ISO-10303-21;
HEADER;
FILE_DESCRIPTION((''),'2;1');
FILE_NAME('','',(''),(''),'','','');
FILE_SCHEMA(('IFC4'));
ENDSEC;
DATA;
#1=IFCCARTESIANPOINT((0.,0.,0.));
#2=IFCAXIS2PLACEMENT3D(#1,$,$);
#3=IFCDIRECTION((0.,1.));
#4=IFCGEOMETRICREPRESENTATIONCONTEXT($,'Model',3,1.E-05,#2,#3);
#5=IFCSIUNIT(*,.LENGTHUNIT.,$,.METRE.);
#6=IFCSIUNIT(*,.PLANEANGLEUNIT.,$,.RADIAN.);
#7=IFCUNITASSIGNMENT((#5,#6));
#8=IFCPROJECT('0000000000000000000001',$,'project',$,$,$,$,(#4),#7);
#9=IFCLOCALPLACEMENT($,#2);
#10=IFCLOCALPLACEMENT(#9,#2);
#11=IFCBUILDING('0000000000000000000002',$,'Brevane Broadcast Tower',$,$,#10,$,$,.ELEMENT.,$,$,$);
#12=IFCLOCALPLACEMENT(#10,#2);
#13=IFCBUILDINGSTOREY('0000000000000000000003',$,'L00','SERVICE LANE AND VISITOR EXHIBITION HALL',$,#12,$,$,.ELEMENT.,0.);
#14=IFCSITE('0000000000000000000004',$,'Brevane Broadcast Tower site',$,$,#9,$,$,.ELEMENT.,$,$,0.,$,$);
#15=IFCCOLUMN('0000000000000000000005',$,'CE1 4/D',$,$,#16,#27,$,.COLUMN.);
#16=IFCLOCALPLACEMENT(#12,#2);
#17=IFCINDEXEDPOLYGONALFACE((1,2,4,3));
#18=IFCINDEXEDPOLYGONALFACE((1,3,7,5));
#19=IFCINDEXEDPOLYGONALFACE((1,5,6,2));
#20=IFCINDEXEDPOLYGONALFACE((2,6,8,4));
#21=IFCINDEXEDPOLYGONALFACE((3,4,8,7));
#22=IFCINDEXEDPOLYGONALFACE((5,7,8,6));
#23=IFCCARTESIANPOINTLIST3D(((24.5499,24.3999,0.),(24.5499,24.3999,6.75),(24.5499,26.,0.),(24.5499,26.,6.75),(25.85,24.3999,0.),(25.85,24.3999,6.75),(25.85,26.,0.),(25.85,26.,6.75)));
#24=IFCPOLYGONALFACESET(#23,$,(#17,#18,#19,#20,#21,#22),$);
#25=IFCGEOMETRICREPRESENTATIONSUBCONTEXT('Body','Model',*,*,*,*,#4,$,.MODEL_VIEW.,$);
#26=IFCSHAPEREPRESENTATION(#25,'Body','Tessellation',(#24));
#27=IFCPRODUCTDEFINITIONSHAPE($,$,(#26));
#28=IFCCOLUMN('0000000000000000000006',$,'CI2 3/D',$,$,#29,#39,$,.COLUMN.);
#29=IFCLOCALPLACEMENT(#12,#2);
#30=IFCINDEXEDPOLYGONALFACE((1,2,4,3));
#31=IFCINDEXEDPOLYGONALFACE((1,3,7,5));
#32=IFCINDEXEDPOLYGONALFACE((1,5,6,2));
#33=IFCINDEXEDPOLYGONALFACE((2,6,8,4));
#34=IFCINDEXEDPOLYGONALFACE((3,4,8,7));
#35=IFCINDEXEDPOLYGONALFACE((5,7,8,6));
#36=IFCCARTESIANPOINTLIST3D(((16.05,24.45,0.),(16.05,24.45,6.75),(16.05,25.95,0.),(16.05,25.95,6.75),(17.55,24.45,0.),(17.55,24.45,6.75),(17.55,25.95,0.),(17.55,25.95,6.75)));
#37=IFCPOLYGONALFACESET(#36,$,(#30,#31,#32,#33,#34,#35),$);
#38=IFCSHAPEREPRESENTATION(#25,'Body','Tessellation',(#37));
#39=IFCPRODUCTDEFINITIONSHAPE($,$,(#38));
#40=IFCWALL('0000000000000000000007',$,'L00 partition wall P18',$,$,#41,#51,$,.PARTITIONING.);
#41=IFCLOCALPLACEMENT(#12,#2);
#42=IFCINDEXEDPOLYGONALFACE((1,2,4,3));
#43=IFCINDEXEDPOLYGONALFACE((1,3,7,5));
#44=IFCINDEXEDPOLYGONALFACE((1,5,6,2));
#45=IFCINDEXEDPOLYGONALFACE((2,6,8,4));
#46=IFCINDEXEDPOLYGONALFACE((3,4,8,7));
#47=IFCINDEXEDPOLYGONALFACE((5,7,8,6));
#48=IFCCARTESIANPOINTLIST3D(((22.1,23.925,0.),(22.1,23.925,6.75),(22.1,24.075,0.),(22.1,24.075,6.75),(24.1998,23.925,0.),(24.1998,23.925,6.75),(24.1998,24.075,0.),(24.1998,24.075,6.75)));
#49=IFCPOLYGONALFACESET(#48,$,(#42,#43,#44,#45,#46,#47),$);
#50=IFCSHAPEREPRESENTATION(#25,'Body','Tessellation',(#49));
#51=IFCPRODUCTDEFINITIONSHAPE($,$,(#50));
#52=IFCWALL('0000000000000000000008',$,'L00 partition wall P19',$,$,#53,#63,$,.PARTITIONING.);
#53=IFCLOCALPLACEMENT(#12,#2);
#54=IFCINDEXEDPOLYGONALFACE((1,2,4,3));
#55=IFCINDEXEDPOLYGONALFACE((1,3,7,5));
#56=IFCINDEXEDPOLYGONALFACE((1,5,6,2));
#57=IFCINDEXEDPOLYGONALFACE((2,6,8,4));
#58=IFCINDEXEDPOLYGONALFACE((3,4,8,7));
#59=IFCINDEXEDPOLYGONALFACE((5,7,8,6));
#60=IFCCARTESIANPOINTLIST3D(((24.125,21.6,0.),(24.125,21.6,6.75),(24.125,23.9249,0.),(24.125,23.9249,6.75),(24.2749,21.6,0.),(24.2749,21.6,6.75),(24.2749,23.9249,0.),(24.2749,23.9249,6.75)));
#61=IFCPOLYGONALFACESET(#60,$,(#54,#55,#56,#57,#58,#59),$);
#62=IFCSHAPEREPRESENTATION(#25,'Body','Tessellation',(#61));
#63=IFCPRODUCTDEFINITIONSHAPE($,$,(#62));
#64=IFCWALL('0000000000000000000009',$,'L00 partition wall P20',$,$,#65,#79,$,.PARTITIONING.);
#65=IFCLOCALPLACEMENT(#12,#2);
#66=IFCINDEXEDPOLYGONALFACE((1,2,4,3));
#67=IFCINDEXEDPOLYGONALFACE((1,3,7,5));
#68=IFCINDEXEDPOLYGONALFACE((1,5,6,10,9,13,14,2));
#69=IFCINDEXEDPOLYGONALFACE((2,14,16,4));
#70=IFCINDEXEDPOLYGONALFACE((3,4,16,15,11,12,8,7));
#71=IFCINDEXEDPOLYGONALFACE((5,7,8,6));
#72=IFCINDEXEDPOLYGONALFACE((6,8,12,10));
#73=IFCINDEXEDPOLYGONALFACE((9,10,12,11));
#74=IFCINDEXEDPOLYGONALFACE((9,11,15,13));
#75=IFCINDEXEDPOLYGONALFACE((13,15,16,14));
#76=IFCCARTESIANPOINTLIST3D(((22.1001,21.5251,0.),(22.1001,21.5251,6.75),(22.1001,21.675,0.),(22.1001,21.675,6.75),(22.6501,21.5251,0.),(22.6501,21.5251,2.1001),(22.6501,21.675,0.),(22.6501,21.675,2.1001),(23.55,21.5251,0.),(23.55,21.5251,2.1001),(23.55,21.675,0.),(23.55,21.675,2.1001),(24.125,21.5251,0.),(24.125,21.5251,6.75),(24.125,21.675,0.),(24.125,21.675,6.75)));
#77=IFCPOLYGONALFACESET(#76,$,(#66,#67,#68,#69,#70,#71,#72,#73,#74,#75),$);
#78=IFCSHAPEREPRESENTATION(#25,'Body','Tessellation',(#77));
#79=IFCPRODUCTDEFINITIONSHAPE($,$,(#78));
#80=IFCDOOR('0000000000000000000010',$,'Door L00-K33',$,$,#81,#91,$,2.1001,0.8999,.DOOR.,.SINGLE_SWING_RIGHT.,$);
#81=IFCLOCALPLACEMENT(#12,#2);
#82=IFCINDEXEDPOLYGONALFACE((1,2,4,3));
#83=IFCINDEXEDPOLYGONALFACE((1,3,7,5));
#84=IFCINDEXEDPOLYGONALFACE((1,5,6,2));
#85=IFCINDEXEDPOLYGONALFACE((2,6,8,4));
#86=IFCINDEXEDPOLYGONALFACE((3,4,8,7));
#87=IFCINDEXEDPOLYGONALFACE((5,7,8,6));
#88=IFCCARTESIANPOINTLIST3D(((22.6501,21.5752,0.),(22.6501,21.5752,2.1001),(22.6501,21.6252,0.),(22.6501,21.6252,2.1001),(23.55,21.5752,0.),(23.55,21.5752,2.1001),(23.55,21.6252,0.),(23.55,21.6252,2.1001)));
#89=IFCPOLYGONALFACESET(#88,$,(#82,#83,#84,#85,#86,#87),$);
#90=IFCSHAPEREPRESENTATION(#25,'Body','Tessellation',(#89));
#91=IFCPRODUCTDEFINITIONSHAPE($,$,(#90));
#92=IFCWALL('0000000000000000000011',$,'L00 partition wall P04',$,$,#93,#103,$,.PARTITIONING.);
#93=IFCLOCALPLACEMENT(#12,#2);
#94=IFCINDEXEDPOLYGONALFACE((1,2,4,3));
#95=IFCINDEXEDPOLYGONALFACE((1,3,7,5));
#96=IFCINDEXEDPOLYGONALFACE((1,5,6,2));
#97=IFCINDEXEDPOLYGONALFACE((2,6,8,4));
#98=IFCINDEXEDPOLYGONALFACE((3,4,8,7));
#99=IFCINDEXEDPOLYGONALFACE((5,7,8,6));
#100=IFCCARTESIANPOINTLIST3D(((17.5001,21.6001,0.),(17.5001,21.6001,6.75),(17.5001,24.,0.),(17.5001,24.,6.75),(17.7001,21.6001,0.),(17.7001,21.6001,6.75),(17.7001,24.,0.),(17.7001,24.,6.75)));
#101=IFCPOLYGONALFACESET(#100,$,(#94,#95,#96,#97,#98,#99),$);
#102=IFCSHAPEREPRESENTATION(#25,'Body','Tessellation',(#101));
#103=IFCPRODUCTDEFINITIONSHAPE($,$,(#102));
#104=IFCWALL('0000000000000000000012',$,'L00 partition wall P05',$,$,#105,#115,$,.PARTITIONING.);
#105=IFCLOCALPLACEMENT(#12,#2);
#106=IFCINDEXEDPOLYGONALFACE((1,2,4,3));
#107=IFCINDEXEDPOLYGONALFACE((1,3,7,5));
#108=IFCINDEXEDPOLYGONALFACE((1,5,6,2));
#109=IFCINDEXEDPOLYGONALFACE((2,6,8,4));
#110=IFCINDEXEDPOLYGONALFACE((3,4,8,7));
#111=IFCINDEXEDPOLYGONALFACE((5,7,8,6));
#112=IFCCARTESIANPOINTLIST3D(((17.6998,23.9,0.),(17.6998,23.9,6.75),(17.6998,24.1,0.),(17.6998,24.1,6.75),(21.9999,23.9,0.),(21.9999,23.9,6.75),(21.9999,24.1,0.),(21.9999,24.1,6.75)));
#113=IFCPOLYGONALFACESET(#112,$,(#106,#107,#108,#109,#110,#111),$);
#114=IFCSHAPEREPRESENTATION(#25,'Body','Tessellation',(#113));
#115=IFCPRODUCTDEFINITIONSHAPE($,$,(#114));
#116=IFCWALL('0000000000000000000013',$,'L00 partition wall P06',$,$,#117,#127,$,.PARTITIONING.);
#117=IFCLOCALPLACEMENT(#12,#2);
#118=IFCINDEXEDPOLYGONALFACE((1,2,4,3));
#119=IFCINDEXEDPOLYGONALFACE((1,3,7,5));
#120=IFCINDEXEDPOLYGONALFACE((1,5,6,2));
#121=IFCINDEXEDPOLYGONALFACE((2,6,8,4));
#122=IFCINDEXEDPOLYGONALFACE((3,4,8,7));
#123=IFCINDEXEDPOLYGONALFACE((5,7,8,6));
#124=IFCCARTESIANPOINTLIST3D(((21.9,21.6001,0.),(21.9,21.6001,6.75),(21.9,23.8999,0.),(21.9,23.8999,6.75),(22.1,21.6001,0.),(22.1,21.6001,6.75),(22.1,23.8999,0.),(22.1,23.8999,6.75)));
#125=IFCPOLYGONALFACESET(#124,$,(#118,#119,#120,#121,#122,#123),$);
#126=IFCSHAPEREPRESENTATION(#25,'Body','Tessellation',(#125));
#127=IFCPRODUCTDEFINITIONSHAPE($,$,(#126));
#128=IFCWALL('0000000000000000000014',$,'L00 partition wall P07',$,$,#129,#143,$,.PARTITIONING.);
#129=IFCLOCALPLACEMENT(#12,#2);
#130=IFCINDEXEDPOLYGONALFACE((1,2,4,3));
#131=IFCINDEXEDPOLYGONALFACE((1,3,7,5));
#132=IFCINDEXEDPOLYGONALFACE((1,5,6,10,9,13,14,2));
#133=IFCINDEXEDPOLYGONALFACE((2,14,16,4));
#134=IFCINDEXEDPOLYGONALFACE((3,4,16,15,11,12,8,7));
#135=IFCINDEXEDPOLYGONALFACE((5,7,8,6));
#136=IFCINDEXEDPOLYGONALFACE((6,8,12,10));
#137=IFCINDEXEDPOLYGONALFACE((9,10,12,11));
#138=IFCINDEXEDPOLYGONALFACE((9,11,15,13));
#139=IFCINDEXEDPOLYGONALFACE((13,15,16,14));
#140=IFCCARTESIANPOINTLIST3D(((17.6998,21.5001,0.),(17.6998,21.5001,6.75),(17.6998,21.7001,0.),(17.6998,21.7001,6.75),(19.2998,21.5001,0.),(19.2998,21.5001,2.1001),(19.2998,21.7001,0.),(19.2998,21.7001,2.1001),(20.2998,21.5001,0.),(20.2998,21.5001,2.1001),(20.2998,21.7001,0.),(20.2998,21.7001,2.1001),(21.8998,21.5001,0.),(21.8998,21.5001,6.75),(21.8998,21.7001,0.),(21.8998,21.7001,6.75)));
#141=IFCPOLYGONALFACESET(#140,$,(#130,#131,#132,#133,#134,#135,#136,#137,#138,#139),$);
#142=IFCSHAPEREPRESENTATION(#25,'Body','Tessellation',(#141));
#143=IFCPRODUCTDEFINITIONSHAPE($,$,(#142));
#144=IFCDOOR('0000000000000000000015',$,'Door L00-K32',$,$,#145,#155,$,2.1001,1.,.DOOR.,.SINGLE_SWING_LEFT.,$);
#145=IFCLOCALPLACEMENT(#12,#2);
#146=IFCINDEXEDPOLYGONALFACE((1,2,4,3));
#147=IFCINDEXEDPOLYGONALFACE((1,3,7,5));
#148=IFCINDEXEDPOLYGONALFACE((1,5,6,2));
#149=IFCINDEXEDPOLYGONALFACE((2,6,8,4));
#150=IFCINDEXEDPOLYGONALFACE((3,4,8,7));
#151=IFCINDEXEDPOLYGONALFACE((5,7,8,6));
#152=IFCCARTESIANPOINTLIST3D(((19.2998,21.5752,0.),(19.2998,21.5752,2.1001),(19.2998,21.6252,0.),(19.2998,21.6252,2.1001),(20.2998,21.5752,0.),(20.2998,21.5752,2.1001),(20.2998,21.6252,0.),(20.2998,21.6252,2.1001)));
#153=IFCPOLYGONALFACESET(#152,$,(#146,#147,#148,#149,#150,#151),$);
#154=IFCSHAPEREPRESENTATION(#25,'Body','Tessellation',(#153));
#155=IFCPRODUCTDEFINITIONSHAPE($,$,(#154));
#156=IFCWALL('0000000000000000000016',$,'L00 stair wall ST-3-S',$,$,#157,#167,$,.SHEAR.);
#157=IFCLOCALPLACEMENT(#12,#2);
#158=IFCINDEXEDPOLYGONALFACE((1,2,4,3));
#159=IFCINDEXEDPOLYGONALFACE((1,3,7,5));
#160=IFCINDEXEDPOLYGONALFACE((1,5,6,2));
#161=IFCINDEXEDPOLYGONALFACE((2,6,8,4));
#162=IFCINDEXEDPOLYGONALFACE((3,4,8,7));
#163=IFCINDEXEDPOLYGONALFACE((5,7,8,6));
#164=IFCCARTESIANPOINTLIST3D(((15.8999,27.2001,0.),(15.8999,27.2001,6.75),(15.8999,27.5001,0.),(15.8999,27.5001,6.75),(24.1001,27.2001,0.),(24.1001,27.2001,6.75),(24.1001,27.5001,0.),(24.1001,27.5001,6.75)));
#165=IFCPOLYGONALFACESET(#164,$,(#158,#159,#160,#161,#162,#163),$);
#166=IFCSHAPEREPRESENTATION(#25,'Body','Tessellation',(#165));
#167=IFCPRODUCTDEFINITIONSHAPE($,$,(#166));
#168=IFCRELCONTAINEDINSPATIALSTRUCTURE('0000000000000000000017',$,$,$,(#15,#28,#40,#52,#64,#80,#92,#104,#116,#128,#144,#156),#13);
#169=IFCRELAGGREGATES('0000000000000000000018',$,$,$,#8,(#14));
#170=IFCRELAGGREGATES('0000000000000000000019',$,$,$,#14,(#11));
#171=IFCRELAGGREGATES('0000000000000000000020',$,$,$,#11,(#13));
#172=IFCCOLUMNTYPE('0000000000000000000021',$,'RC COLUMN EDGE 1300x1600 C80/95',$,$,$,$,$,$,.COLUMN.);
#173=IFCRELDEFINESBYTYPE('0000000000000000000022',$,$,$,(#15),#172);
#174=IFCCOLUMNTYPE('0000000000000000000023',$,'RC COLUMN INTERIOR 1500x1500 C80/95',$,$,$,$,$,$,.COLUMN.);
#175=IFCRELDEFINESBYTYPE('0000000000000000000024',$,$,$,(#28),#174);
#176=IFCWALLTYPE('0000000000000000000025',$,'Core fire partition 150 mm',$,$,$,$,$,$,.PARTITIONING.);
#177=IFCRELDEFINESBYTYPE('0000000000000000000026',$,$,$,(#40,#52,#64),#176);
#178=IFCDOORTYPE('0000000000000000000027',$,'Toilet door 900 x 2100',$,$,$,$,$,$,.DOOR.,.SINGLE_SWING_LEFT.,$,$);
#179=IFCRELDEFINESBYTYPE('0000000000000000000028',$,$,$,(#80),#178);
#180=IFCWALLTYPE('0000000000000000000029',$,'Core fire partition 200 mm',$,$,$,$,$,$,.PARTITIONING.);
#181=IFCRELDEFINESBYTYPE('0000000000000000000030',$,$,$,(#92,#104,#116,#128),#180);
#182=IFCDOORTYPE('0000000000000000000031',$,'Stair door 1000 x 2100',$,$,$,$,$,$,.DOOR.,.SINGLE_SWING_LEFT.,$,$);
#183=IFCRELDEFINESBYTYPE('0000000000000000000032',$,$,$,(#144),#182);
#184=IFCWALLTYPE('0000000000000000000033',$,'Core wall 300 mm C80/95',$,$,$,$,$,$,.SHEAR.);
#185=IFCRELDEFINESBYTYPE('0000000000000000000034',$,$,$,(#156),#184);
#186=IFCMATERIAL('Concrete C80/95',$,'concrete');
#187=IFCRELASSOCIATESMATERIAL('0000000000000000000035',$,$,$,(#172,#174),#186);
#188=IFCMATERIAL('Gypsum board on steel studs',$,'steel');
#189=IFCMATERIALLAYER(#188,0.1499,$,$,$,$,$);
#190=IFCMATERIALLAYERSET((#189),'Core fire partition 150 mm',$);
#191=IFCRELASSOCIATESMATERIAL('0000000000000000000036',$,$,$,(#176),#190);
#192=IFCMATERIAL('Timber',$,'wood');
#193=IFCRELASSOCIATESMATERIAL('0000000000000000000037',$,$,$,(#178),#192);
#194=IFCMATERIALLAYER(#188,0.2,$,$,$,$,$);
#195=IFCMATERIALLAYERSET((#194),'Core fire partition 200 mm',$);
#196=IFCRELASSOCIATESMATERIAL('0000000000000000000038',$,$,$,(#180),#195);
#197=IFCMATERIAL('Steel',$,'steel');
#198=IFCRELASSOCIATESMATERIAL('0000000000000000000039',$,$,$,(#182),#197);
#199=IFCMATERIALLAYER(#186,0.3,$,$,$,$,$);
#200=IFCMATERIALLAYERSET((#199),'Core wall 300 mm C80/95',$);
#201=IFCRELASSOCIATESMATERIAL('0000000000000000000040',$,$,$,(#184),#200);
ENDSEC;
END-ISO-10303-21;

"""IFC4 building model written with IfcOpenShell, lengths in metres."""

from ifc_helpers import new_model, si_unit, direction, frame, frame_2d, origin, origin_2d, place, context, subcontext, project, spatial, rectangle, extrude, material, layer, layer_set, material_profile, profile_set, type_object, element, fill, save


model = new_model("IFC4")

# Units and contexts
model_context = context("Model", 3, precision=1e-05, world=origin(), true_north=direction((0.0, 1.0)))
body_context = subcontext(model_context, "Body", "Model", "MODEL_VIEW")
ifc_project = project(units=[si_unit("LENGTHUNIT", "METRE"), si_unit("PLANEANGLEUNIT", "RADIAN")], contexts=[model_context])

# Site, building, storey
site_placement = place(None, origin())
site = spatial("IfcSite", under=ifc_project, at=site_placement, Name="Brevane Broadcast Tower site", CompositionType="ELEMENT", RefElevation=0.0)
building_placement = place(site_placement, origin())
building = spatial("IfcBuilding", under=site, at=building_placement, Name="Brevane Broadcast Tower", CompositionType="ELEMENT")
storey_placement = place(building_placement, origin())
storey = spatial("IfcBuildingStorey", under=building, at=storey_placement, Name="L00", Description="SERVICE LANE AND VISITOR EXHIBITION HALL", CompositionType="ELEMENT", Elevation=0.0)

# Columns
ifc_material_1 = material(Name="Concrete C80/95", Category="concrete")
ifc_material_profile_1 = material_profile(ifc_material_1, rectangle(XDim=1.3, YDim=1.6001, at=origin_2d()), Name="RC 1300x1600")
ifc_profile_set_1 = profile_set([ifc_material_profile_1], Name="Concrete C80/95")
column_type_1 = type_object("IfcColumnType", Name="RC COLUMN EDGE 1300x1600 C80/95", PredefinedType="COLUMN", material=ifc_profile_set_1)
column_1_placement = place(storey_placement, frame((25.2, 25.2, 0.0), z_axis=(0.0, 0.0, 1.0), x_axis=(1.0, 0.0, 0.0)))
element("IfcColumn", 1, at=column_1_placement, inside=storey, type_object=column_type_1, Name="CE1 4/D", PredefinedType="COLUMN", context=body_context, shape_type="SweptSolid", body=[
    extrude(rectangle(XDim=1.3, YDim=1.6001, at=origin_2d()), origin(), (0.0, 0.0, 1.0), 6.75),
])
ifc_material_profile_2 = material_profile(ifc_material_1, rectangle(XDim=1.5, YDim=1.5, at=origin_2d()), Name="RC 1500x1500")
ifc_profile_set_2 = profile_set([ifc_material_profile_2], Name="Concrete C80/95")
column_type_2 = type_object("IfcColumnType", Name="RC COLUMN INTERIOR 1500x1500 C80/95", PredefinedType="COLUMN", material=ifc_profile_set_2)
column_2_placement = place(storey_placement, frame((16.8, 25.2, 0.0), z_axis=(0.0, 0.0, 1.0), x_axis=(1.0, 0.0, 0.0)))
element("IfcColumn", 2, at=column_2_placement, inside=storey, type_object=column_type_2, Name="CI2 3/D", PredefinedType="COLUMN", context=body_context, shape_type="SweptSolid", body=[
    extrude(rectangle(XDim=1.5, YDim=1.5, at=origin_2d()), origin(), (0.0, 0.0, 1.0), 6.75),
])

# Walls
ifc_material_2 = material(Name="Gypsum board on steel studs", Category="steel")
ifc_layer_1 = layer(ifc_material_2, 0.1499)
ifc_layer_set_1 = layer_set([ifc_layer_1], Name="Core fire partition 150 mm")
wall_type_1 = type_object("IfcWallType", Name="Core fire partition 150 mm", PredefinedType="PARTITIONING", material=ifc_layer_set_1)
wall_1_placement = place(storey_placement, frame((22.1001, 24.0, 0.0), z_axis=(0.0, 0.0, 1.0), x_axis=(1.0, 0.0, 0.0)))
element("IfcWall", 3, at=wall_1_placement, inside=storey, type_object=wall_type_1, Name="L00 partition wall P18", PredefinedType="PARTITIONING", context=body_context, shape_type="SweptSolid", body=[
    extrude(rectangle(XDim=2.0999, YDim=0.1499, at=frame_2d((1.0498, 0.0))), origin(), (0.0, 0.0, 1.0), 6.75),
])
wall_2_placement = place(storey_placement, frame((24.2, 23.925, 0.0), z_axis=(0.0, 0.0, 1.0), x_axis=(0.0, -1.0, 0.0)))
element("IfcWall", 4, at=wall_2_placement, inside=storey, type_object=wall_type_1, Name="L00 partition wall P19", PredefinedType="PARTITIONING", context=body_context, shape_type="SweptSolid", body=[
    extrude(rectangle(XDim=2.325, YDim=0.1499, at=frame_2d((1.1626, 0.0))), origin(), (0.0, 0.0, 1.0), 6.75),
])

# Wall, opening, door
wall_3_placement = place(storey_placement, frame((24.125, 21.6001, 0.0), z_axis=(0.0, 0.0, 1.0), x_axis=(-1.0, 0.0, 0.0)))
wall_3 = element("IfcWall", 5, at=wall_3_placement, inside=storey, type_object=wall_type_1, Name="L00 partition wall P20", PredefinedType="PARTITIONING", context=body_context, shape_type="SweptSolid", body=[
    extrude(rectangle(XDim=2.0249, YDim=0.1499, at=frame_2d((1.0125, 0.0))), origin(), (0.0, 0.0, 1.0), 6.75),
])
opening_1_placement = place(wall_3_placement, frame((0.575, 0.0, 0.0)))
opening_1 = element("IfcOpeningElement", 6, at=opening_1_placement, cuts=wall_3, PredefinedType="OPENING", context=body_context, shape_type="SweptSolid", body=[
    extrude(rectangle(XDim=0.8999, YDim=2.1001, at=frame_2d((0.45, 1.05))), frame((0.0, 0.085, 0.0), z_axis=(0.0, -1.0, 0.0), x_axis=(1.0, 0.0, 0.0)), (0.0, 0.0, 1.0), 0.1699),
])
ifc_material_3 = material(Name="Timber", Category="wood")
door_type_1 = type_object("IfcDoorType", Name="Toilet door 900 x 2100", OperationType="SINGLE_SWING_LEFT", PredefinedType="DOOR", material=ifc_material_3)
door_1_placement = place(opening_1_placement, origin())
door_1 = element("IfcDoor", 7, at=door_1_placement, inside=storey, type_object=door_type_1, Name="Door L00-K33", OperationType="SINGLE_SWING_RIGHT", OverallHeight=2.1001, OverallWidth=0.8999, PredefinedType="DOOR", context=body_context, shape_type="SweptSolid", body=[
    extrude(rectangle(XDim=0.8999, YDim=2.1001, at=frame_2d((0.45, 1.05))), frame((0.0, 0.0249, 0.0), z_axis=(0.0, -1.0, 0.0), x_axis=(1.0, 0.0, 0.0)), (0.0, 0.0, 1.0), 0.05),
])
fill(opening_1, door_1)

# Walls
ifc_layer_2 = layer(ifc_material_2, 0.2)
ifc_layer_set_2 = layer_set([ifc_layer_2], Name="Core fire partition 200 mm")
wall_type_2 = type_object("IfcWallType", Name="Core fire partition 200 mm", PredefinedType="PARTITIONING", material=ifc_layer_set_2)
wall_4_placement = place(storey_placement, frame((17.6001, 21.6001, 0.0), z_axis=(0.0, 0.0, 1.0), x_axis=(0.0, 1.0, 0.0)))
element("IfcWall", 8, at=wall_4_placement, inside=storey, type_object=wall_type_2, Name="L00 partition wall P04", PredefinedType="PARTITIONING", context=body_context, shape_type="SweptSolid", body=[
    extrude(rectangle(XDim=2.3999, YDim=0.2, at=frame_2d((1.2, 0.0))), origin(), (0.0, 0.0, 1.0), 6.75),
])
wall_5_placement = place(storey_placement, frame((17.7, 24.0, 0.0), z_axis=(0.0, 0.0, 1.0), x_axis=(1.0, 0.0, 0.0)))
element("IfcWall", 9, at=wall_5_placement, inside=storey, type_object=wall_type_2, Name="L00 partition wall P05", PredefinedType="PARTITIONING", context=body_context, shape_type="SweptSolid", body=[
    extrude(rectangle(XDim=4.3, YDim=0.2, at=frame_2d((2.1499, 0.0))), origin(), (0.0, 0.0, 1.0), 6.75),
])
wall_6_placement = place(storey_placement, frame((22.0, 23.8999, 0.0), z_axis=(0.0, 0.0, 1.0), x_axis=(0.0, -1.0, 0.0)))
element("IfcWall", 10, at=wall_6_placement, inside=storey, type_object=wall_type_2, Name="L00 partition wall P06", PredefinedType="PARTITIONING", context=body_context, shape_type="SweptSolid", body=[
    extrude(rectangle(XDim=2.2998, YDim=0.2, at=frame_2d((1.1499, 0.0))), origin(), (0.0, 0.0, 1.0), 6.75),
])

# Wall, opening, door
wall_7_placement = place(storey_placement, frame((21.8999, 21.6001, 0.0), z_axis=(0.0, 0.0, 1.0), x_axis=(-1.0, 0.0, 0.0)))
wall_7 = element("IfcWall", 11, at=wall_7_placement, inside=storey, type_object=wall_type_2, Name="L00 partition wall P07", PredefinedType="PARTITIONING", context=body_context, shape_type="SweptSolid", body=[
    extrude(rectangle(XDim=4.2, YDim=0.2, at=frame_2d((2.1001, 0.0))), origin(), (0.0, 0.0, 1.0), 6.75),
])
opening_2_placement = place(wall_7_placement, frame((1.6001, 0.0, 0.0)))
opening_2 = element("IfcOpeningElement", 12, at=opening_2_placement, cuts=wall_7, PredefinedType="OPENING", context=body_context, shape_type="SweptSolid", body=[
    extrude(rectangle(XDim=1.0, YDim=2.1001, at=frame_2d((0.5, 1.05))), frame((0.0, 0.1099, 0.0), z_axis=(0.0, -1.0, 0.0), x_axis=(1.0, 0.0, 0.0)), (0.0, 0.0, 1.0), 0.22),
])
ifc_material_4 = material(Name="Steel", Category="steel")
door_type_2 = type_object("IfcDoorType", Name="Stair door 1000 x 2100", OperationType="SINGLE_SWING_LEFT", PredefinedType="DOOR", material=ifc_material_4)
door_2_placement = place(opening_2_placement, origin())
door_2 = element("IfcDoor", 13, at=door_2_placement, inside=storey, type_object=door_type_2, Name="Door L00-K32", OperationType="SINGLE_SWING_LEFT", OverallHeight=2.1001, OverallWidth=1.0, PredefinedType="DOOR", context=body_context, shape_type="SweptSolid", body=[
    extrude(rectangle(XDim=1.0, YDim=2.1001, at=frame_2d((0.5, 1.05))), frame((0.0, 0.0249, 0.0), z_axis=(0.0, -1.0, 0.0), x_axis=(1.0, 0.0, 0.0)), (0.0, 0.0, 1.0), 0.05),
])
fill(opening_2, door_2)

# Wall
ifc_layer_3 = layer(ifc_material_1, 0.3)
ifc_layer_set_3 = layer_set([ifc_layer_3], Name="Core wall 300 mm C80/95")
wall_type_3 = type_object("IfcWallType", Name="Core wall 300 mm C80/95", PredefinedType="SHEAR", material=ifc_layer_set_3)
wall_8_placement = place(storey_placement, frame((15.8999, 27.3501, 0.0), z_axis=(0.0, 0.0, 1.0), x_axis=(1.0, 0.0, 0.0)))
element("IfcWall", 14, at=wall_8_placement, inside=storey, type_object=wall_type_3, Name="L00 stair wall ST-3-S", PredefinedType="SHEAR", context=body_context, shape_type="SweptSolid", body=[
    extrude(rectangle(XDim=8.2002, YDim=0.3, at=frame_2d((4.1001, 0.0))), origin(), (0.0, 0.0, 1.0), 6.75),
])

save(model, "model.ifc")
